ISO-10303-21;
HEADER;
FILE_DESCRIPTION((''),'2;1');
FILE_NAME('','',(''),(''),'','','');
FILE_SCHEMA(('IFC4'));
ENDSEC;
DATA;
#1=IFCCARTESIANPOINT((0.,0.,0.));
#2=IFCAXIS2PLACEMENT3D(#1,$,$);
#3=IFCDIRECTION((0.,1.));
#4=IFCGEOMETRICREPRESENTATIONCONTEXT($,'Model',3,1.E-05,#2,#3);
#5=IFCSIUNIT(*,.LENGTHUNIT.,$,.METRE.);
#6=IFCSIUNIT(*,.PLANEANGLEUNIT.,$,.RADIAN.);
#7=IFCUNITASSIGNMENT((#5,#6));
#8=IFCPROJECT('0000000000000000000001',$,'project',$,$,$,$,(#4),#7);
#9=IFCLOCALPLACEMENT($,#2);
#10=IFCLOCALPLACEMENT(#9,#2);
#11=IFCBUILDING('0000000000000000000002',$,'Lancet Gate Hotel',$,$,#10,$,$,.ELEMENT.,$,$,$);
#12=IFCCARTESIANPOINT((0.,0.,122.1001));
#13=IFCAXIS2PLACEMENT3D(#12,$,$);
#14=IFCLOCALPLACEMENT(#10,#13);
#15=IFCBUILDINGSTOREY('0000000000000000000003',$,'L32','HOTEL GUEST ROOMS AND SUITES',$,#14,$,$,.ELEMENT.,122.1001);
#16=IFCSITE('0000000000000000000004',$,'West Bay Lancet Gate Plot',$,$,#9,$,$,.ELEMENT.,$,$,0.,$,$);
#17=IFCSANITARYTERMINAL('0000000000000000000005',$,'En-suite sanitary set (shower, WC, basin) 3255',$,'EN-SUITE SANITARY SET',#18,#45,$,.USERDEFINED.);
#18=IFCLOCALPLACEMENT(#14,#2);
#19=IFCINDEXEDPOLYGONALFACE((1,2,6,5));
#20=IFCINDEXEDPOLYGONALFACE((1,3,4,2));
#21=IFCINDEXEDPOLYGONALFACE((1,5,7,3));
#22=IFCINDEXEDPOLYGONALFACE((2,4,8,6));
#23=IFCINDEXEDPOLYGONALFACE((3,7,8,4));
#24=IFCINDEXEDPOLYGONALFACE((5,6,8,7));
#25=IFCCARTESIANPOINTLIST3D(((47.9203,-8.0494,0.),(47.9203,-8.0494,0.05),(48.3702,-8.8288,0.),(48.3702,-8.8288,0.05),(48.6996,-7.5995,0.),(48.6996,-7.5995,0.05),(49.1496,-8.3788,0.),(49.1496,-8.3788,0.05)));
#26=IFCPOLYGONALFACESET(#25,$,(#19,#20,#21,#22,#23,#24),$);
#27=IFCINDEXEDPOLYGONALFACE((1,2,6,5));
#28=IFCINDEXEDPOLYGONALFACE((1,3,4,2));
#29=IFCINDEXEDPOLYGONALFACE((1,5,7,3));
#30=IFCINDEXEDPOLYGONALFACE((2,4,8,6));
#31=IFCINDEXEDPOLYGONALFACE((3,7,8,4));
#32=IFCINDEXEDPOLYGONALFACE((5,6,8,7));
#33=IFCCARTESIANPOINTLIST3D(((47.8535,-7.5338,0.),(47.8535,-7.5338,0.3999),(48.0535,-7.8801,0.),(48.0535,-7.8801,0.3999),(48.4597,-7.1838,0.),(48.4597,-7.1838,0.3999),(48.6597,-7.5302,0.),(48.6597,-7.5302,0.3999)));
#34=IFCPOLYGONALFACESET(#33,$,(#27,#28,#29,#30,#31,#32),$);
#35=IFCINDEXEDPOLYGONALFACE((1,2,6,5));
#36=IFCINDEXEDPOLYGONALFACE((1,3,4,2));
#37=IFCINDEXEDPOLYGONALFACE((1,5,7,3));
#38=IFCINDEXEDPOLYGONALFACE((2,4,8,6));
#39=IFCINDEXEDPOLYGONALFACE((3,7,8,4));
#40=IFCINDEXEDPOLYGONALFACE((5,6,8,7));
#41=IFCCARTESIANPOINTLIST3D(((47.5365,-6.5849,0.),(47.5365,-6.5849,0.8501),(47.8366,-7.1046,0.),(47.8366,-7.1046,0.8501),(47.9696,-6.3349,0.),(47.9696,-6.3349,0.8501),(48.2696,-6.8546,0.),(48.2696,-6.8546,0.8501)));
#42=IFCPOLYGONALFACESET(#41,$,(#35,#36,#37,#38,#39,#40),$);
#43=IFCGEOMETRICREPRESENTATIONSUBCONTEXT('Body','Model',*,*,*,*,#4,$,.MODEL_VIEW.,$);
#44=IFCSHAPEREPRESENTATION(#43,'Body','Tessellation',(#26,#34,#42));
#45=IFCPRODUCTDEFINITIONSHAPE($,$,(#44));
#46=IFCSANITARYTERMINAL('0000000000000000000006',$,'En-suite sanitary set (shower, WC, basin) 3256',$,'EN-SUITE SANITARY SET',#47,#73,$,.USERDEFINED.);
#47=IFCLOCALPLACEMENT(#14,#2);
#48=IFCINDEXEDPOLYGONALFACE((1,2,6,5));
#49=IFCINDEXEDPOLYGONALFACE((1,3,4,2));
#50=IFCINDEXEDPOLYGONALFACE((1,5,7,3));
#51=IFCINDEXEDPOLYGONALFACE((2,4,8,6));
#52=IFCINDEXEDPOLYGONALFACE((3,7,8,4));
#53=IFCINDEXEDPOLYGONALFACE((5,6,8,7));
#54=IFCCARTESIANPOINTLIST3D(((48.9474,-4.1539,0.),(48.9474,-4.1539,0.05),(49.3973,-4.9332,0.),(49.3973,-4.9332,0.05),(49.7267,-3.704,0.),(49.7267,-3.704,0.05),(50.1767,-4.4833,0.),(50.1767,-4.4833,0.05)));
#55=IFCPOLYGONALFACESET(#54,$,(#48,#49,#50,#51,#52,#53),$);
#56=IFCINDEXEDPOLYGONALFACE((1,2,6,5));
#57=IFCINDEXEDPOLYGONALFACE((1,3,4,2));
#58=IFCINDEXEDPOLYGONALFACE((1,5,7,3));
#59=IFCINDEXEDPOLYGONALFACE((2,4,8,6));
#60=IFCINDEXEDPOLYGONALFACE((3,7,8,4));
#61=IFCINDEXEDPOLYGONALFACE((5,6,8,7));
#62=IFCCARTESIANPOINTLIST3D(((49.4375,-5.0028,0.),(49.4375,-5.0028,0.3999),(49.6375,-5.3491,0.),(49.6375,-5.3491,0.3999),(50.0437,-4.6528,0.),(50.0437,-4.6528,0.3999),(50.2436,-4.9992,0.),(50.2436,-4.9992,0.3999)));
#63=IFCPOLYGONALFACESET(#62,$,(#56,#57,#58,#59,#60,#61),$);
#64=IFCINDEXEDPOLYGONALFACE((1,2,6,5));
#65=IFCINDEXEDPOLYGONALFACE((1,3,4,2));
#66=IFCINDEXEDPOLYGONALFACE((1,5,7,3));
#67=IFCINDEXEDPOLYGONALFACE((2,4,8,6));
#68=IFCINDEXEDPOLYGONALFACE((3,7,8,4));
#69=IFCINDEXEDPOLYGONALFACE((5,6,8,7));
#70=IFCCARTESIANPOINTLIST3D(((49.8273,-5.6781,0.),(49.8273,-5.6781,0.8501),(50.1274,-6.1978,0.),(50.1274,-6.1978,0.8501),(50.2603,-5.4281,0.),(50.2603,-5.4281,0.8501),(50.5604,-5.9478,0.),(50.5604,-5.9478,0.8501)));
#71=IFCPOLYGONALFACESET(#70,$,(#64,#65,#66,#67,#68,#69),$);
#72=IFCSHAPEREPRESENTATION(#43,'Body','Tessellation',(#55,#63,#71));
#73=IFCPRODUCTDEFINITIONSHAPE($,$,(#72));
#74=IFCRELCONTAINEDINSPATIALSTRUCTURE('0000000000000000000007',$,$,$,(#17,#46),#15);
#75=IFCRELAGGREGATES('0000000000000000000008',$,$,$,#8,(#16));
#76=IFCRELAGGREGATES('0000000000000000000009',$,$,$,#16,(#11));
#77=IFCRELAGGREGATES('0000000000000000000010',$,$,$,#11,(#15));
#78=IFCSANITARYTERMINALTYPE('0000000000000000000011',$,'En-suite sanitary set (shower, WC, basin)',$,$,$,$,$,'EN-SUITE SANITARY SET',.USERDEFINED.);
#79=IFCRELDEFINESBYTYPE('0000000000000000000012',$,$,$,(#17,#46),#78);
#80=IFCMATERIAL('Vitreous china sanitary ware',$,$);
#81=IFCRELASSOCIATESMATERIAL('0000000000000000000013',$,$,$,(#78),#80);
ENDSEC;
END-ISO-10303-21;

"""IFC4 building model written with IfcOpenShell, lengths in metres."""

from ifc_helpers import new_model, si_unit, direction, frame, origin, origin_2d, place, context, subcontext, project, spatial, rectangle, extrude, material, type_object, element, save


model = new_model("IFC4")

# Units and contexts
model_context = context("Model", 3, precision=1e-05, world=origin(), true_north=direction((0.0, 1.0)))
body_context = subcontext(model_context, "Body", "Model", "MODEL_VIEW")
ifc_project = project(units=[si_unit("LENGTHUNIT", "METRE"), si_unit("PLANEANGLEUNIT", "RADIAN")], contexts=[model_context])

# Site, building, storey
site_placement = place(None, origin())
site = spatial("IfcSite", under=ifc_project, at=site_placement, Name="West Bay Lancet Gate Plot", CompositionType="ELEMENT", RefElevation=0.0)
building_placement = place(site_placement, origin())
building = spatial("IfcBuilding", under=site, at=building_placement, Name="Lancet Gate Hotel", CompositionType="ELEMENT")
storey_placement = place(building_placement, frame((0.0, 0.0, 122.1001)))
storey = spatial("IfcBuildingStorey", under=building, at=storey_placement, Name="L32", Description="HOTEL GUEST ROOMS AND SUITES", CompositionType="ELEMENT", Elevation=122.1001)

# Sanitary terminals
ifc_material_1 = material(Name="Vitreous china sanitary ware")
sanitary_terminal_type = type_object("IfcSanitaryTerminalType", Name="En-suite sanitary set (shower, WC, basin)", ElementType="EN-SUITE SANITARY SET", PredefinedType="USERDEFINED", material=ifc_material_1)
sanitary_terminal_1_placement = place(storey_placement, frame((48.5349, -8.2141, 0.0), z_axis=(0.0, 0.0, 1.0), x_axis=(1.0, 0.0, 0.0)))
element("IfcSanitaryTerminal", 1, at=sanitary_terminal_1_placement, inside=storey, type_object=sanitary_terminal_type, Name="En-suite sanitary set (shower, WC, basin) 3255", ObjectType="EN-SUITE SANITARY SET", PredefinedType="USERDEFINED", context=body_context, shape_type="SweptSolid", body=[
    extrude(rectangle(XDim=0.8999, YDim=0.8999, at=origin_2d()), frame((0.0, 0.0, 0.0), z_axis=(0.0, 0.0, 1.0), x_axis=(0.5, -0.866025, 0.0)), (0.0, 0.0, 1.0), 0.05),
    extrude(rectangle(XDim=0.3999, YDim=0.7, at=origin_2d()), frame((-0.2783, 0.6821, 0.0), z_axis=(0.0, 0.0, 1.0), x_axis=(0.5, -0.866025, 0.0)), (0.0, 0.0, 1.0), 0.3999),
    extrude(rectangle(XDim=0.6001, YDim=0.5, at=origin_2d()), frame((-0.6318, 1.4944, 0.0), z_axis=(0.0, 0.0, 1.0), x_axis=(0.5, -0.866025, 0.0)), (0.0, 0.0, 1.0), 0.8501),
])
sanitary_terminal_2_placement = place(storey_placement, frame((49.562, -4.3186, 0.0), z_axis=(0.0, 0.0, 1.0), x_axis=(1.0, 0.0, 0.0)))
element("IfcSanitaryTerminal", 2, at=sanitary_terminal_2_placement, inside=storey, type_object=sanitary_terminal_type, Name="En-suite sanitary set (shower, WC, basin) 3256", ObjectType="EN-SUITE SANITARY SET", PredefinedType="USERDEFINED", context=body_context, shape_type="SweptSolid", body=[
    extrude(rectangle(XDim=0.8999, YDim=0.8999, at=origin_2d()), frame((0.0, 0.0, 0.0), z_axis=(0.0, 0.0, 1.0), x_axis=(-0.5, 0.866025, 0.0)), (0.0, 0.0, 1.0), 0.05),
    extrude(rectangle(XDim=0.3999, YDim=0.7, at=origin_2d()), frame((0.2786, -0.6824, 0.0), z_axis=(0.0, 0.0, 1.0), x_axis=(-0.5, 0.866025, 0.0)), (0.0, 0.0, 1.0), 0.3999),
    extrude(rectangle(XDim=0.6001, YDim=0.5, at=origin_2d()), frame((0.6318, -1.4944, 0.0), z_axis=(0.0, 0.0, 1.0), x_axis=(-0.5, 0.866025, 0.0)), (0.0, 0.0, 1.0), 0.8501),
])

save(model, "model.ifc")
